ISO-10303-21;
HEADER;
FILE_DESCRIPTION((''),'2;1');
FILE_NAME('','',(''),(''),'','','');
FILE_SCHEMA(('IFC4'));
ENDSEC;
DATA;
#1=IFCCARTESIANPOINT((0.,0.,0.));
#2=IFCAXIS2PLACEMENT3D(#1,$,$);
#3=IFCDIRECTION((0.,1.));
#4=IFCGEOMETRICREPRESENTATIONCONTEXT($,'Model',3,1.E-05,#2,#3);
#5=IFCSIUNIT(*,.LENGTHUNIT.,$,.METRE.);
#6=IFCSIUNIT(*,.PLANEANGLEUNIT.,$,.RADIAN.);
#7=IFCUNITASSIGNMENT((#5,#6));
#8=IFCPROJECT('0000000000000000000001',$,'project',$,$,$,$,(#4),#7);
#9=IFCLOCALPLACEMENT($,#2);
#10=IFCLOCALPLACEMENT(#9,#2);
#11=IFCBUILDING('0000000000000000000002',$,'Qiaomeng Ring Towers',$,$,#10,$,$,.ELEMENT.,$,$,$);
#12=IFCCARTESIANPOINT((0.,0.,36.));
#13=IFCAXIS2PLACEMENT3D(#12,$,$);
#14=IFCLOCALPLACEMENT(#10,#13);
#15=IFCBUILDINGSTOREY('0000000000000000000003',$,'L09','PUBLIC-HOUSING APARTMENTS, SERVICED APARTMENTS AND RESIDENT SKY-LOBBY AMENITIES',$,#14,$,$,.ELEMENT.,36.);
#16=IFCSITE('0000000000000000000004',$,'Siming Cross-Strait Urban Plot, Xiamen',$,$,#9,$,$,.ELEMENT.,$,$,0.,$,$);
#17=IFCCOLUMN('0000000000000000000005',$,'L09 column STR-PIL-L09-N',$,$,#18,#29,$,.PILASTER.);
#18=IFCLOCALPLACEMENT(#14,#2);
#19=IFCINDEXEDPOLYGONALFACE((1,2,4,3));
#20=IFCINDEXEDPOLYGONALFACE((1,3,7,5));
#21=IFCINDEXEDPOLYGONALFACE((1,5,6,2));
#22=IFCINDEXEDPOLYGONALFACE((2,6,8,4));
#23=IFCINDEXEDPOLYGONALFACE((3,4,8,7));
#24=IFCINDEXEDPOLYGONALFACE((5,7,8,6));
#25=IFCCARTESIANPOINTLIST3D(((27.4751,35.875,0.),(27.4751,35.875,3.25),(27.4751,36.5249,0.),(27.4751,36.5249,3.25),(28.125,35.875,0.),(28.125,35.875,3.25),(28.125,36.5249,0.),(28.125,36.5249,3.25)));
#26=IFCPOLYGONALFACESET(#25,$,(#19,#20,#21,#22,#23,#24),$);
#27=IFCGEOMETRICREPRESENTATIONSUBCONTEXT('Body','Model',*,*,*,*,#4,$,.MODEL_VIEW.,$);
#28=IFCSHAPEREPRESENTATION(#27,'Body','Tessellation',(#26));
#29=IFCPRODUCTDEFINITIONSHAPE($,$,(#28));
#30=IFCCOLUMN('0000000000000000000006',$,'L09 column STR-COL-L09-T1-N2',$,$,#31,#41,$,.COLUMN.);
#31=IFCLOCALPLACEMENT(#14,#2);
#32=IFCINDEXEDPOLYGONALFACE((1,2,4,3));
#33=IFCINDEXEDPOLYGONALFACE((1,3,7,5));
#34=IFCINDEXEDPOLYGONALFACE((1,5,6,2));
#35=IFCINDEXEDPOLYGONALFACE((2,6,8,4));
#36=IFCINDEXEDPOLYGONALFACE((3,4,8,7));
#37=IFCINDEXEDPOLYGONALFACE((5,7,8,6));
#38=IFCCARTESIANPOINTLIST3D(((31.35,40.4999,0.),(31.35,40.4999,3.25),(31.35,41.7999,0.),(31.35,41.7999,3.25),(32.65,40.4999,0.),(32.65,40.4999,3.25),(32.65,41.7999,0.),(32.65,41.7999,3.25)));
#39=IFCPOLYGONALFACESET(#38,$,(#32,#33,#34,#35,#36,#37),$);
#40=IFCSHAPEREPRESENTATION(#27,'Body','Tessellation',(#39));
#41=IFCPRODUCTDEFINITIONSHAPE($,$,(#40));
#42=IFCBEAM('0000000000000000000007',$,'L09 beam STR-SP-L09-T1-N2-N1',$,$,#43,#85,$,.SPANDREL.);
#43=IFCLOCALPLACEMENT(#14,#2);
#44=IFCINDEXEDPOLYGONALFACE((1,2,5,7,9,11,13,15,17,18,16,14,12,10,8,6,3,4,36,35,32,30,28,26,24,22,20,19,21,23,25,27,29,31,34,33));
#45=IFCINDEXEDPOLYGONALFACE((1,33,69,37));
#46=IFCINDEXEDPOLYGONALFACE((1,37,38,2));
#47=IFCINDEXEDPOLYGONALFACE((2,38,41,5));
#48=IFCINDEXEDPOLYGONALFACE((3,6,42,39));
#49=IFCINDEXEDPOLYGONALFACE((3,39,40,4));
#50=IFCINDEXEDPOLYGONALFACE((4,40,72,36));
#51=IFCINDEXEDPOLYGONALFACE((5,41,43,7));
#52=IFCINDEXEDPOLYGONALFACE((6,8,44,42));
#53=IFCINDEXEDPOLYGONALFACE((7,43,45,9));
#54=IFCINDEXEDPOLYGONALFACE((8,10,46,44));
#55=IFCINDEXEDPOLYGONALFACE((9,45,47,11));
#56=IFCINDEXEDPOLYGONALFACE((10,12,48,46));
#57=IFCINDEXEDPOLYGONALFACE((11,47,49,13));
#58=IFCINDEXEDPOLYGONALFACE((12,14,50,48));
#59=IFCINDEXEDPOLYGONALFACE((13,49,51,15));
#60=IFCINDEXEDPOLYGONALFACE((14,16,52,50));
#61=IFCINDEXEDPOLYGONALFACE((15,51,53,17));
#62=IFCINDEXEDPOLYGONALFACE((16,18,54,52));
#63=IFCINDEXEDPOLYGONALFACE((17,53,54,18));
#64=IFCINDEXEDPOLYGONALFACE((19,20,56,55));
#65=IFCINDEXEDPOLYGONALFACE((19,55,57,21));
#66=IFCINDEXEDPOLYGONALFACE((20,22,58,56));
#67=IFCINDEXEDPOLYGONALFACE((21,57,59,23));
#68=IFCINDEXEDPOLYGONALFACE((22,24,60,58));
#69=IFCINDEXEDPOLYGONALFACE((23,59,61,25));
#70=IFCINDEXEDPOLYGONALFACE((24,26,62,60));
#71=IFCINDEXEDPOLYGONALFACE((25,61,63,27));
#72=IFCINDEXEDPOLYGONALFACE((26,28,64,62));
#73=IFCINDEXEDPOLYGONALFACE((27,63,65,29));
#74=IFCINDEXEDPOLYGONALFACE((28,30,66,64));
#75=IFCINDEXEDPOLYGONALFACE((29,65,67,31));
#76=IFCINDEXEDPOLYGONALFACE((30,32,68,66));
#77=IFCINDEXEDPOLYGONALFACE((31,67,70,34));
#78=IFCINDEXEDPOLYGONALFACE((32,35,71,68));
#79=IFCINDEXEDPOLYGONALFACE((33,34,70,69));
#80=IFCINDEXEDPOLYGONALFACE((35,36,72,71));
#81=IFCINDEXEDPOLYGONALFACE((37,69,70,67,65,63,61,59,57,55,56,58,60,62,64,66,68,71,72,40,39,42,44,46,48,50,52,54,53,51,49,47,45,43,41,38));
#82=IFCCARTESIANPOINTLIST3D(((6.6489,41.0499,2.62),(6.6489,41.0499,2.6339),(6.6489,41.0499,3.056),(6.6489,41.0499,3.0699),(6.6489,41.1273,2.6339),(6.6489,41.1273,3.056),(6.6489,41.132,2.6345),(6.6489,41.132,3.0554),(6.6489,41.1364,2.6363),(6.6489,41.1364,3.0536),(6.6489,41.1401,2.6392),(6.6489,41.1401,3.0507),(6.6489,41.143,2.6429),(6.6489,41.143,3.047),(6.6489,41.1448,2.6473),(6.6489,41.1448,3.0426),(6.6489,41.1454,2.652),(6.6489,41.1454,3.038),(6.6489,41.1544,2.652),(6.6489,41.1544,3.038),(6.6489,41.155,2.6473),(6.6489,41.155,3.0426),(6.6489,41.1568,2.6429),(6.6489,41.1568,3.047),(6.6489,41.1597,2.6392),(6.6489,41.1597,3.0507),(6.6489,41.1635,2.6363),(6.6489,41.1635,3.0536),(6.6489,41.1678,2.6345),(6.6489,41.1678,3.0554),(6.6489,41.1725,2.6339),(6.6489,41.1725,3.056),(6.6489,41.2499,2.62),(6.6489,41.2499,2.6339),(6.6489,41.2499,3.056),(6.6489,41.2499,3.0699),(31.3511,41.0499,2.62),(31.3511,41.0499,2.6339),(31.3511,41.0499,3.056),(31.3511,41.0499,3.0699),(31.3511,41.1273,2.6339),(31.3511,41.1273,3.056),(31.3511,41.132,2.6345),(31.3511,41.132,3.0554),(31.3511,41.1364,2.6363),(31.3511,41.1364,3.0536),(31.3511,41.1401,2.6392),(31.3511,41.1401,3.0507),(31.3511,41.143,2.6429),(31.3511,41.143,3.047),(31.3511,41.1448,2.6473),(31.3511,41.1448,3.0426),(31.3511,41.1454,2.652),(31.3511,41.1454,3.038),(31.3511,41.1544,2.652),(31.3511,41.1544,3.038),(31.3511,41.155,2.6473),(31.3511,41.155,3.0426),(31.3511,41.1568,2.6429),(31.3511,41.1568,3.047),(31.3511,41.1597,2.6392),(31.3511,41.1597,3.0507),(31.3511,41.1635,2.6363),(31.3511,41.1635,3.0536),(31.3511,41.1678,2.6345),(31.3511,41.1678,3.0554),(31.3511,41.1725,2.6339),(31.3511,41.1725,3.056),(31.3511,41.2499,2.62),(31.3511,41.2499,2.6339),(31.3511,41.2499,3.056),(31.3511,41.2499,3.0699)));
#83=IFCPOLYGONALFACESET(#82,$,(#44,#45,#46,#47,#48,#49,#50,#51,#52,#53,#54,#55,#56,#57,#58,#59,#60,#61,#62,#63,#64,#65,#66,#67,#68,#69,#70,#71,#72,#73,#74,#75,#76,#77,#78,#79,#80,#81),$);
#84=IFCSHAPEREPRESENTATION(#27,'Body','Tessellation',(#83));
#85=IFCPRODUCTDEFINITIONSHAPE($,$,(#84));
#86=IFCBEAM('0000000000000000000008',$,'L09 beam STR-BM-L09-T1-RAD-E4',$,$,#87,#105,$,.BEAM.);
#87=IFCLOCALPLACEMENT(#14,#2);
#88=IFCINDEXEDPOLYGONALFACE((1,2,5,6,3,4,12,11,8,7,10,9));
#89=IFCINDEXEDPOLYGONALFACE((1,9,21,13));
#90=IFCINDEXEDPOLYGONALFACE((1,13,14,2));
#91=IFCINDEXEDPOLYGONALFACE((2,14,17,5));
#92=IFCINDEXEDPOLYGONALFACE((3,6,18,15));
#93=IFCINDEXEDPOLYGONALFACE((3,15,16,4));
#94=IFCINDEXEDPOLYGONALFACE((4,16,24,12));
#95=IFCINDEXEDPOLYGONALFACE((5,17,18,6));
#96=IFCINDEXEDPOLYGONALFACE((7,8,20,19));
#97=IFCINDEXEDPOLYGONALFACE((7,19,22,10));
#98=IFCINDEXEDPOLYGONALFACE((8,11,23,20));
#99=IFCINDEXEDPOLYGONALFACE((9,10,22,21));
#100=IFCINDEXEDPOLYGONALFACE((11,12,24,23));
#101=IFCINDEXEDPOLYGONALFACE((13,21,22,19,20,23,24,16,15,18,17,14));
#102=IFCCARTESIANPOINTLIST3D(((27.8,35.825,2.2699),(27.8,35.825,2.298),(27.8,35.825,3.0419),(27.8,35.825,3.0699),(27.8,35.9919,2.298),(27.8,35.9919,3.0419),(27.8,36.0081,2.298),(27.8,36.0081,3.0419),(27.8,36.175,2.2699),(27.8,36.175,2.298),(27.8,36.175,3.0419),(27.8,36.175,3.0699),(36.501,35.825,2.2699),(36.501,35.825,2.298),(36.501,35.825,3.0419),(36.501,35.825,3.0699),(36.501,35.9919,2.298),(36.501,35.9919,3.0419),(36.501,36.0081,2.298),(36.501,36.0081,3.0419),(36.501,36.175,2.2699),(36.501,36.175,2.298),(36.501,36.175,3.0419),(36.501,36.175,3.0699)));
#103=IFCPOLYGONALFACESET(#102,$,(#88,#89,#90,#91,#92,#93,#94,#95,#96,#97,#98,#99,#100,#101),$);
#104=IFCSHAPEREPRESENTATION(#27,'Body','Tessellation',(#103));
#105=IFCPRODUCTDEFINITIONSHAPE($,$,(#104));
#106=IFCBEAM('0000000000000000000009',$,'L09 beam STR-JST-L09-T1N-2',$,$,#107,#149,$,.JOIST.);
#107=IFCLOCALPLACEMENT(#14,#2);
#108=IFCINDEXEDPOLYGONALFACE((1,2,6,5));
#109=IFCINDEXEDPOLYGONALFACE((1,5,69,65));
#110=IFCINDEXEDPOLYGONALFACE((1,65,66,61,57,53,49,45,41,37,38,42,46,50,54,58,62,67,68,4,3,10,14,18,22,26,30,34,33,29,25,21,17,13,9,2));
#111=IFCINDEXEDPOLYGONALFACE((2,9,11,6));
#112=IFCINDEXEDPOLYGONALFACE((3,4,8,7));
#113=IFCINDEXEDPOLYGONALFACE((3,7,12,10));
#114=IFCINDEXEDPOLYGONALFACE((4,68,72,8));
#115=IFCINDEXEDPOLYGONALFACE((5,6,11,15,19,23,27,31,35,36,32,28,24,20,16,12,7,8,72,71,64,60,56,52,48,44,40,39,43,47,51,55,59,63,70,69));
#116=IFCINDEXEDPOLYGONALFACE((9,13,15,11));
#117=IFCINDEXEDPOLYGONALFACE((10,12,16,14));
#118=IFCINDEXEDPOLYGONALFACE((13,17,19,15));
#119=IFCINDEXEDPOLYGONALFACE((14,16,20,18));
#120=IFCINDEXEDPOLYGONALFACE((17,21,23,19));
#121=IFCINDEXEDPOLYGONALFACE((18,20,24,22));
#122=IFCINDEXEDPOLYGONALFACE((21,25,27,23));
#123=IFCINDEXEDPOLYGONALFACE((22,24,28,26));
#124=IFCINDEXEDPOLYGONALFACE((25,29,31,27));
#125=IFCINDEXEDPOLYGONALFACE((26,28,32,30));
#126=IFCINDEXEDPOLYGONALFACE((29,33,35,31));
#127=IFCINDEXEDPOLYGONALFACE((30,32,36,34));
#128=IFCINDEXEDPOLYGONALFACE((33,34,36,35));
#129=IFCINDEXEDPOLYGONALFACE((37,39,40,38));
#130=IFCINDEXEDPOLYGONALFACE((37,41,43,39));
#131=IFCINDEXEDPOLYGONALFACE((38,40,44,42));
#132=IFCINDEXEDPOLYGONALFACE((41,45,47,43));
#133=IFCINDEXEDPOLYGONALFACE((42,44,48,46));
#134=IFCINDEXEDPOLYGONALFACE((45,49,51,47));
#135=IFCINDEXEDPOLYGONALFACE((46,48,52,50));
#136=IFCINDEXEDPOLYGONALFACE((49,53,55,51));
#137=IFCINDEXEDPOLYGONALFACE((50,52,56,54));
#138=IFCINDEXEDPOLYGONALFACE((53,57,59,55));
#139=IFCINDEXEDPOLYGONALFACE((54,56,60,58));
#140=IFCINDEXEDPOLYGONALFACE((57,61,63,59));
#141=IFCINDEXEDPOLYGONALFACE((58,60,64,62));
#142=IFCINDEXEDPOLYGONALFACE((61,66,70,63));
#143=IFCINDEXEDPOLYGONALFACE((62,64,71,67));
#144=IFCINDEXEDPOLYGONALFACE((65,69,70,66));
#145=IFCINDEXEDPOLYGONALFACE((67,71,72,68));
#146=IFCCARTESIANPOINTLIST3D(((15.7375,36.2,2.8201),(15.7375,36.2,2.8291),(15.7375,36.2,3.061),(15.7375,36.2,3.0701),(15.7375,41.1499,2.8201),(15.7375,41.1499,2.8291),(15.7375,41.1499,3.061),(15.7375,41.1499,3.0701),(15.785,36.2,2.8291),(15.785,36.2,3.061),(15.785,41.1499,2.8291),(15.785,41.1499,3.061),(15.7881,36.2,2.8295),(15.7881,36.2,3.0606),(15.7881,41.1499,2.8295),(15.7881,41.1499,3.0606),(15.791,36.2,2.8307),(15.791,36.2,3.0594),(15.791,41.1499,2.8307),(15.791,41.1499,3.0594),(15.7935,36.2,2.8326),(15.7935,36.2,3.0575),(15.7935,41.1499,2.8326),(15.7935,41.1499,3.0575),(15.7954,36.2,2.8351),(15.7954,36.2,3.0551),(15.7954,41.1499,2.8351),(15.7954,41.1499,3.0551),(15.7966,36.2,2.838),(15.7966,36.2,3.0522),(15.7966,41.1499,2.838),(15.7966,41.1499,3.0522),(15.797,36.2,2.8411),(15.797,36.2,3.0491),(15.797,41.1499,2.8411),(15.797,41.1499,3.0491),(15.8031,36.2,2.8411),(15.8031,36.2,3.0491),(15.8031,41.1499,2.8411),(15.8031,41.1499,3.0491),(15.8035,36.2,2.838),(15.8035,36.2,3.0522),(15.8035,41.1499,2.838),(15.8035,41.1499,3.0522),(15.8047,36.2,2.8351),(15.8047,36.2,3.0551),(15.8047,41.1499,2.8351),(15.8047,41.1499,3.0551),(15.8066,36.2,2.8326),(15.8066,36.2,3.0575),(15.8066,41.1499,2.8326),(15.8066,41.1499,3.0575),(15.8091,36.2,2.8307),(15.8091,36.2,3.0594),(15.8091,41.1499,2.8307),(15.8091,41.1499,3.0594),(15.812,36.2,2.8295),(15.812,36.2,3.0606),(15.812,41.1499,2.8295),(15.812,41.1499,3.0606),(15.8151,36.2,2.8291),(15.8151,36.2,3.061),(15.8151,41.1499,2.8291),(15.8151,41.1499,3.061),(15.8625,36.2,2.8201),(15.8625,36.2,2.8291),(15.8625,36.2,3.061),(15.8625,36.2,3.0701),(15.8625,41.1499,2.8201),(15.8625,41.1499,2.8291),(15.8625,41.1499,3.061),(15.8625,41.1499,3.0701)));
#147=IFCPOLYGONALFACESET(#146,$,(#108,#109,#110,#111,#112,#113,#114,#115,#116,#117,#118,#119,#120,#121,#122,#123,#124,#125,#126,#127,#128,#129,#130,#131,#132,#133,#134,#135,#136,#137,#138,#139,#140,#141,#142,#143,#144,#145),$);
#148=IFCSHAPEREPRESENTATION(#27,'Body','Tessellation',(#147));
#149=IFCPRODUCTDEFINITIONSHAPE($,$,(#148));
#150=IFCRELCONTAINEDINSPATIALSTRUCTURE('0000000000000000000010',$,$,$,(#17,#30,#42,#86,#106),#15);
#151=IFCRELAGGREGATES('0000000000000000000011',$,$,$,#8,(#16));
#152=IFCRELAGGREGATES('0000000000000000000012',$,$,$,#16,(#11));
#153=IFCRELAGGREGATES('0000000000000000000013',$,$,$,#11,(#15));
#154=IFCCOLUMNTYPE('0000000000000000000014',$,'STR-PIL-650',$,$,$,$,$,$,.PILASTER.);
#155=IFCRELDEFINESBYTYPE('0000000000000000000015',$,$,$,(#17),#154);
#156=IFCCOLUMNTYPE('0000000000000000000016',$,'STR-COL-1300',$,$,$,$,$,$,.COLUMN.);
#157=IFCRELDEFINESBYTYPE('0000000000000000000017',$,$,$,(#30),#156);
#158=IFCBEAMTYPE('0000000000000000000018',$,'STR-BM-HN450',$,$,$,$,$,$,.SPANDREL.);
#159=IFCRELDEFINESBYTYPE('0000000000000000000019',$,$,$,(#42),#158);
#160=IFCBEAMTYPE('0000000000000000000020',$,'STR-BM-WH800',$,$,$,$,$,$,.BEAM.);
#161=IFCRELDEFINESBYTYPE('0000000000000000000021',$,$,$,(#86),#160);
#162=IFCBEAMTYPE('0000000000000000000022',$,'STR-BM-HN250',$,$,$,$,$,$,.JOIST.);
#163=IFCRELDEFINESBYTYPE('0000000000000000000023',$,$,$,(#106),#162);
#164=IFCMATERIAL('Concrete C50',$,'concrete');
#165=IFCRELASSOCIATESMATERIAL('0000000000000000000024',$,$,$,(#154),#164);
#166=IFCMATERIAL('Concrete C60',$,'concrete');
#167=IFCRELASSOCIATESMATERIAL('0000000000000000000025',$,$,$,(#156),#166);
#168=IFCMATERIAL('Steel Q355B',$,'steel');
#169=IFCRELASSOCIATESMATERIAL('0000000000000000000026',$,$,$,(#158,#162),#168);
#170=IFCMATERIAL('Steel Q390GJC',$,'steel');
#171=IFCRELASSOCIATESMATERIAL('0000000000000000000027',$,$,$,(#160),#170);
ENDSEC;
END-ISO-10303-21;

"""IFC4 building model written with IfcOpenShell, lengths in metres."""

from ifc_helpers import new_model, si_unit, direction, frame, origin, origin_2d, place, context, subcontext, project, spatial, rectangle, i_section, extrude, source, transform, mapped, material, material_profile, profile_set, type_object, element, save


model = new_model("IFC4")

# Units and contexts
model_context = context("Model", 3, precision=1e-05, world=origin(), true_north=direction((0.0, 1.0)))
body_context = subcontext(model_context, "Body", "Model", "MODEL_VIEW")
ifc_project = project(units=[si_unit("LENGTHUNIT", "METRE"), si_unit("PLANEANGLEUNIT", "RADIAN")], contexts=[model_context])

# Site, building, storey
site_placement = place(None, origin())
site = spatial("IfcSite", under=ifc_project, at=site_placement, Name="Siming Cross-Strait Urban Plot, Xiamen", CompositionType="ELEMENT", RefElevation=0.0)
building_placement = place(site_placement, origin())
building = spatial("IfcBuilding", under=site, at=building_placement, Name="Qiaomeng Ring Towers", CompositionType="ELEMENT")
storey_placement = place(building_placement, frame((0.0, 0.0, 36.0)))
storey = spatial("IfcBuildingStorey", under=building, at=storey_placement, Name="L09", Description="PUBLIC-HOUSING APARTMENTS, SERVICED APARTMENTS AND RESIDENT SKY-LOBBY AMENITIES", CompositionType="ELEMENT", Elevation=36.0)

# Columns
ifc_material_1 = material(Name="Concrete C50", Category="concrete")
ifc_material_profile_1 = material_profile(ifc_material_1, rectangle(XDim=0.6499, YDim=0.6499, at=origin_2d()), Name="RC COL 650x650")
ifc_profile_set_1 = profile_set([ifc_material_profile_1], Name="Concrete C50")
column_type_1 = type_object("IfcColumnType", Name="STR-PIL-650", PredefinedType="PILASTER", material=ifc_profile_set_1)
shared_shape_1 = source(origin(), body_context, "Body", "SweptSolid", [
    extrude(rectangle(XDim=0.6499, YDim=0.6499, at=origin_2d()), origin(), (0.0, 0.0, 1.0), 3.25),
])
column_1_placement = place(storey_placement, frame((27.8, 36.2, 0.0), z_axis=(0.0, 0.0, 1.0), x_axis=(1.0, 0.0, 0.0)))
element("IfcColumn", 1, at=column_1_placement, inside=storey, type_object=column_type_1, Name="L09 column STR-PIL-L09-N", PredefinedType="PILASTER", context=body_context, shape_type="MappedRepresentation", body=[
    mapped(shared_shape_1, transform((0.0, 0.0, 0.0), x_axis=(1.0, 0.0, 0.0), y_axis=(0.0, 1.0, 0.0), z_axis=(0.0, 0.0, 1.0), scale=1.0)),
])
ifc_material_2 = material(Name="Concrete C60", Category="concrete")
ifc_material_profile_2 = material_profile(ifc_material_2, rectangle(XDim=1.3, YDim=1.3, at=origin_2d()), Name="RC COL 1300x1300")
ifc_profile_set_2 = profile_set([ifc_material_profile_2], Name="Concrete C60")
column_type_2 = type_object("IfcColumnType", Name="STR-COL-1300", PredefinedType="COLUMN", material=ifc_profile_set_2)
shared_shape_2 = source(origin(), body_context, "Body", "SweptSolid", [
    extrude(rectangle(XDim=1.3, YDim=1.3, at=origin_2d()), origin(), (0.0, 0.0, 1.0), 3.25),
])
column_2_placement = place(storey_placement, frame((32.0, 41.1499, 0.0), z_axis=(0.0, 0.0, 1.0), x_axis=(1.0, 0.0, 0.0)))
element("IfcColumn", 2, at=column_2_placement, inside=storey, type_object=column_type_2, Name="L09 column STR-COL-L09-T1-N2", PredefinedType="COLUMN", context=body_context, shape_type="MappedRepresentation", body=[
    mapped(shared_shape_2, transform((0.0, 0.0, 0.0), x_axis=(1.0, 0.0, 0.0), y_axis=(0.0, 1.0, 0.0), z_axis=(0.0, 0.0, 1.0), scale=1.0)),
])

# Beams
ifc_material_3 = material(Name="Steel Q355B", Category="steel")
ifc_material_profile_3 = material_profile(ifc_material_3, i_section(OverallWidth=0.2, OverallDepth=0.45, WebThickness=0.009, FlangeThickness=0.0139, FilletRadius=0.0181, at=origin_2d()), Name="HN 450x200x9x14")
ifc_profile_set_3 = profile_set([ifc_material_profile_3], Name="Steel Q355B")
beam_type_1 = type_object("IfcBeamType", Name="STR-BM-HN450", PredefinedType="SPANDREL", material=ifc_profile_set_3)
shared_shape_3 = source(origin(), body_context, "Body", "SweptSolid", [
    extrude(i_section(OverallWidth=0.2, OverallDepth=0.45, WebThickness=0.009, FlangeThickness=0.0139, FilletRadius=0.0181, at=origin_2d()), origin(), (0.0, 0.0, 1.0), 24.7021),
])
beam_1_placement = place(storey_placement, frame((31.3511, 41.1499, 2.845), z_axis=(-1.0, 0.0, 0.0), x_axis=(0.0, -1.0, 0.0)))
element("IfcBeam", 3, at=beam_1_placement, inside=storey, type_object=beam_type_1, Name="L09 beam STR-SP-L09-T1-N2-N1", PredefinedType="SPANDREL", context=body_context, shape_type="MappedRepresentation", body=[
    mapped(shared_shape_3, transform((0.0, 0.0, 0.0), x_axis=(1.0, 0.0, 0.0), y_axis=(0.0, 1.0, 0.0), z_axis=(0.0, 0.0, 1.0), scale=1.0)),
])
ifc_material_4 = material(Name="Steel Q390GJC", Category="steel")
ifc_material_profile_4 = material_profile(ifc_material_4, i_section(OverallWidth=0.3501, OverallDepth=0.8, WebThickness=0.0161, FlangeThickness=0.0281, at=origin_2d()), Name="WH 800x350x16x28")
ifc_profile_set_4 = profile_set([ifc_material_profile_4], Name="Steel Q390GJC")
beam_type_2 = type_object("IfcBeamType", Name="STR-BM-WH800", PredefinedType="BEAM", material=ifc_profile_set_4)
shared_shape_4 = source(origin(), body_context, "Body", "SweptSolid", [
    extrude(i_section(OverallWidth=0.3501, OverallDepth=0.8, WebThickness=0.0161, FlangeThickness=0.0281, at=origin_2d()), origin(), (0.0, 0.0, 1.0), 8.7009),
])
beam_2_placement = place(storey_placement, frame((27.8, 36.0, 2.6699), z_axis=(1.0, 0.0, 0.0), x_axis=(0.0, 1.0, 0.0)))
element("IfcBeam", 4, at=beam_2_placement, inside=storey, type_object=beam_type_2, Name="L09 beam STR-BM-L09-T1-RAD-E4", PredefinedType="BEAM", context=body_context, shape_type="MappedRepresentation", body=[
    mapped(shared_shape_4, transform((0.0, 0.0, 0.0), x_axis=(1.0, 0.0, 0.0), y_axis=(0.0, 1.0, 0.0), z_axis=(0.0, 0.0, 1.0), scale=1.0)),
])
ifc_material_profile_5 = material_profile(ifc_material_3, i_section(OverallWidth=0.125, OverallDepth=0.25, WebThickness=0.0061, FlangeThickness=0.009, FilletRadius=0.012, at=origin_2d()), Name="HN 250x125x6x9")
ifc_profile_set_5 = profile_set([ifc_material_profile_5], Name="Steel Q355B")
beam_type_3 = type_object("IfcBeamType", Name="STR-BM-HN250", PredefinedType="JOIST", material=ifc_profile_set_5)
shared_shape_5 = source(origin(), body_context, "Body", "SweptSolid", [
    extrude(i_section(OverallWidth=0.125, OverallDepth=0.25, WebThickness=0.0061, FlangeThickness=0.009, FilletRadius=0.012, at=origin_2d()), origin(), (0.0, 0.0, 1.0), 4.95),
])
for number, where, z_axis, x_axis, name in (
    (5, (15.8, 36.2, 2.9451), (0.0, 1.0, 0.0), (-1.0, 0.0, 0.0), "L09 beam STR-JST-L09-T1N-2"),
):
    element("IfcBeam", number, at=place(storey_placement, frame(where, z_axis=z_axis, x_axis=x_axis)), inside=storey, type_object=beam_type_3, Name=name, PredefinedType="JOIST", context=body_context, shape_type="MappedRepresentation", body=[
        mapped(shared_shape_5, transform((0.0, 0.0, 0.0), x_axis=(1.0, 0.0, 0.0), y_axis=(0.0, 1.0, 0.0), z_axis=(0.0, 0.0, 1.0), scale=1.0)),
    ])

save(model, "model.ifc")
